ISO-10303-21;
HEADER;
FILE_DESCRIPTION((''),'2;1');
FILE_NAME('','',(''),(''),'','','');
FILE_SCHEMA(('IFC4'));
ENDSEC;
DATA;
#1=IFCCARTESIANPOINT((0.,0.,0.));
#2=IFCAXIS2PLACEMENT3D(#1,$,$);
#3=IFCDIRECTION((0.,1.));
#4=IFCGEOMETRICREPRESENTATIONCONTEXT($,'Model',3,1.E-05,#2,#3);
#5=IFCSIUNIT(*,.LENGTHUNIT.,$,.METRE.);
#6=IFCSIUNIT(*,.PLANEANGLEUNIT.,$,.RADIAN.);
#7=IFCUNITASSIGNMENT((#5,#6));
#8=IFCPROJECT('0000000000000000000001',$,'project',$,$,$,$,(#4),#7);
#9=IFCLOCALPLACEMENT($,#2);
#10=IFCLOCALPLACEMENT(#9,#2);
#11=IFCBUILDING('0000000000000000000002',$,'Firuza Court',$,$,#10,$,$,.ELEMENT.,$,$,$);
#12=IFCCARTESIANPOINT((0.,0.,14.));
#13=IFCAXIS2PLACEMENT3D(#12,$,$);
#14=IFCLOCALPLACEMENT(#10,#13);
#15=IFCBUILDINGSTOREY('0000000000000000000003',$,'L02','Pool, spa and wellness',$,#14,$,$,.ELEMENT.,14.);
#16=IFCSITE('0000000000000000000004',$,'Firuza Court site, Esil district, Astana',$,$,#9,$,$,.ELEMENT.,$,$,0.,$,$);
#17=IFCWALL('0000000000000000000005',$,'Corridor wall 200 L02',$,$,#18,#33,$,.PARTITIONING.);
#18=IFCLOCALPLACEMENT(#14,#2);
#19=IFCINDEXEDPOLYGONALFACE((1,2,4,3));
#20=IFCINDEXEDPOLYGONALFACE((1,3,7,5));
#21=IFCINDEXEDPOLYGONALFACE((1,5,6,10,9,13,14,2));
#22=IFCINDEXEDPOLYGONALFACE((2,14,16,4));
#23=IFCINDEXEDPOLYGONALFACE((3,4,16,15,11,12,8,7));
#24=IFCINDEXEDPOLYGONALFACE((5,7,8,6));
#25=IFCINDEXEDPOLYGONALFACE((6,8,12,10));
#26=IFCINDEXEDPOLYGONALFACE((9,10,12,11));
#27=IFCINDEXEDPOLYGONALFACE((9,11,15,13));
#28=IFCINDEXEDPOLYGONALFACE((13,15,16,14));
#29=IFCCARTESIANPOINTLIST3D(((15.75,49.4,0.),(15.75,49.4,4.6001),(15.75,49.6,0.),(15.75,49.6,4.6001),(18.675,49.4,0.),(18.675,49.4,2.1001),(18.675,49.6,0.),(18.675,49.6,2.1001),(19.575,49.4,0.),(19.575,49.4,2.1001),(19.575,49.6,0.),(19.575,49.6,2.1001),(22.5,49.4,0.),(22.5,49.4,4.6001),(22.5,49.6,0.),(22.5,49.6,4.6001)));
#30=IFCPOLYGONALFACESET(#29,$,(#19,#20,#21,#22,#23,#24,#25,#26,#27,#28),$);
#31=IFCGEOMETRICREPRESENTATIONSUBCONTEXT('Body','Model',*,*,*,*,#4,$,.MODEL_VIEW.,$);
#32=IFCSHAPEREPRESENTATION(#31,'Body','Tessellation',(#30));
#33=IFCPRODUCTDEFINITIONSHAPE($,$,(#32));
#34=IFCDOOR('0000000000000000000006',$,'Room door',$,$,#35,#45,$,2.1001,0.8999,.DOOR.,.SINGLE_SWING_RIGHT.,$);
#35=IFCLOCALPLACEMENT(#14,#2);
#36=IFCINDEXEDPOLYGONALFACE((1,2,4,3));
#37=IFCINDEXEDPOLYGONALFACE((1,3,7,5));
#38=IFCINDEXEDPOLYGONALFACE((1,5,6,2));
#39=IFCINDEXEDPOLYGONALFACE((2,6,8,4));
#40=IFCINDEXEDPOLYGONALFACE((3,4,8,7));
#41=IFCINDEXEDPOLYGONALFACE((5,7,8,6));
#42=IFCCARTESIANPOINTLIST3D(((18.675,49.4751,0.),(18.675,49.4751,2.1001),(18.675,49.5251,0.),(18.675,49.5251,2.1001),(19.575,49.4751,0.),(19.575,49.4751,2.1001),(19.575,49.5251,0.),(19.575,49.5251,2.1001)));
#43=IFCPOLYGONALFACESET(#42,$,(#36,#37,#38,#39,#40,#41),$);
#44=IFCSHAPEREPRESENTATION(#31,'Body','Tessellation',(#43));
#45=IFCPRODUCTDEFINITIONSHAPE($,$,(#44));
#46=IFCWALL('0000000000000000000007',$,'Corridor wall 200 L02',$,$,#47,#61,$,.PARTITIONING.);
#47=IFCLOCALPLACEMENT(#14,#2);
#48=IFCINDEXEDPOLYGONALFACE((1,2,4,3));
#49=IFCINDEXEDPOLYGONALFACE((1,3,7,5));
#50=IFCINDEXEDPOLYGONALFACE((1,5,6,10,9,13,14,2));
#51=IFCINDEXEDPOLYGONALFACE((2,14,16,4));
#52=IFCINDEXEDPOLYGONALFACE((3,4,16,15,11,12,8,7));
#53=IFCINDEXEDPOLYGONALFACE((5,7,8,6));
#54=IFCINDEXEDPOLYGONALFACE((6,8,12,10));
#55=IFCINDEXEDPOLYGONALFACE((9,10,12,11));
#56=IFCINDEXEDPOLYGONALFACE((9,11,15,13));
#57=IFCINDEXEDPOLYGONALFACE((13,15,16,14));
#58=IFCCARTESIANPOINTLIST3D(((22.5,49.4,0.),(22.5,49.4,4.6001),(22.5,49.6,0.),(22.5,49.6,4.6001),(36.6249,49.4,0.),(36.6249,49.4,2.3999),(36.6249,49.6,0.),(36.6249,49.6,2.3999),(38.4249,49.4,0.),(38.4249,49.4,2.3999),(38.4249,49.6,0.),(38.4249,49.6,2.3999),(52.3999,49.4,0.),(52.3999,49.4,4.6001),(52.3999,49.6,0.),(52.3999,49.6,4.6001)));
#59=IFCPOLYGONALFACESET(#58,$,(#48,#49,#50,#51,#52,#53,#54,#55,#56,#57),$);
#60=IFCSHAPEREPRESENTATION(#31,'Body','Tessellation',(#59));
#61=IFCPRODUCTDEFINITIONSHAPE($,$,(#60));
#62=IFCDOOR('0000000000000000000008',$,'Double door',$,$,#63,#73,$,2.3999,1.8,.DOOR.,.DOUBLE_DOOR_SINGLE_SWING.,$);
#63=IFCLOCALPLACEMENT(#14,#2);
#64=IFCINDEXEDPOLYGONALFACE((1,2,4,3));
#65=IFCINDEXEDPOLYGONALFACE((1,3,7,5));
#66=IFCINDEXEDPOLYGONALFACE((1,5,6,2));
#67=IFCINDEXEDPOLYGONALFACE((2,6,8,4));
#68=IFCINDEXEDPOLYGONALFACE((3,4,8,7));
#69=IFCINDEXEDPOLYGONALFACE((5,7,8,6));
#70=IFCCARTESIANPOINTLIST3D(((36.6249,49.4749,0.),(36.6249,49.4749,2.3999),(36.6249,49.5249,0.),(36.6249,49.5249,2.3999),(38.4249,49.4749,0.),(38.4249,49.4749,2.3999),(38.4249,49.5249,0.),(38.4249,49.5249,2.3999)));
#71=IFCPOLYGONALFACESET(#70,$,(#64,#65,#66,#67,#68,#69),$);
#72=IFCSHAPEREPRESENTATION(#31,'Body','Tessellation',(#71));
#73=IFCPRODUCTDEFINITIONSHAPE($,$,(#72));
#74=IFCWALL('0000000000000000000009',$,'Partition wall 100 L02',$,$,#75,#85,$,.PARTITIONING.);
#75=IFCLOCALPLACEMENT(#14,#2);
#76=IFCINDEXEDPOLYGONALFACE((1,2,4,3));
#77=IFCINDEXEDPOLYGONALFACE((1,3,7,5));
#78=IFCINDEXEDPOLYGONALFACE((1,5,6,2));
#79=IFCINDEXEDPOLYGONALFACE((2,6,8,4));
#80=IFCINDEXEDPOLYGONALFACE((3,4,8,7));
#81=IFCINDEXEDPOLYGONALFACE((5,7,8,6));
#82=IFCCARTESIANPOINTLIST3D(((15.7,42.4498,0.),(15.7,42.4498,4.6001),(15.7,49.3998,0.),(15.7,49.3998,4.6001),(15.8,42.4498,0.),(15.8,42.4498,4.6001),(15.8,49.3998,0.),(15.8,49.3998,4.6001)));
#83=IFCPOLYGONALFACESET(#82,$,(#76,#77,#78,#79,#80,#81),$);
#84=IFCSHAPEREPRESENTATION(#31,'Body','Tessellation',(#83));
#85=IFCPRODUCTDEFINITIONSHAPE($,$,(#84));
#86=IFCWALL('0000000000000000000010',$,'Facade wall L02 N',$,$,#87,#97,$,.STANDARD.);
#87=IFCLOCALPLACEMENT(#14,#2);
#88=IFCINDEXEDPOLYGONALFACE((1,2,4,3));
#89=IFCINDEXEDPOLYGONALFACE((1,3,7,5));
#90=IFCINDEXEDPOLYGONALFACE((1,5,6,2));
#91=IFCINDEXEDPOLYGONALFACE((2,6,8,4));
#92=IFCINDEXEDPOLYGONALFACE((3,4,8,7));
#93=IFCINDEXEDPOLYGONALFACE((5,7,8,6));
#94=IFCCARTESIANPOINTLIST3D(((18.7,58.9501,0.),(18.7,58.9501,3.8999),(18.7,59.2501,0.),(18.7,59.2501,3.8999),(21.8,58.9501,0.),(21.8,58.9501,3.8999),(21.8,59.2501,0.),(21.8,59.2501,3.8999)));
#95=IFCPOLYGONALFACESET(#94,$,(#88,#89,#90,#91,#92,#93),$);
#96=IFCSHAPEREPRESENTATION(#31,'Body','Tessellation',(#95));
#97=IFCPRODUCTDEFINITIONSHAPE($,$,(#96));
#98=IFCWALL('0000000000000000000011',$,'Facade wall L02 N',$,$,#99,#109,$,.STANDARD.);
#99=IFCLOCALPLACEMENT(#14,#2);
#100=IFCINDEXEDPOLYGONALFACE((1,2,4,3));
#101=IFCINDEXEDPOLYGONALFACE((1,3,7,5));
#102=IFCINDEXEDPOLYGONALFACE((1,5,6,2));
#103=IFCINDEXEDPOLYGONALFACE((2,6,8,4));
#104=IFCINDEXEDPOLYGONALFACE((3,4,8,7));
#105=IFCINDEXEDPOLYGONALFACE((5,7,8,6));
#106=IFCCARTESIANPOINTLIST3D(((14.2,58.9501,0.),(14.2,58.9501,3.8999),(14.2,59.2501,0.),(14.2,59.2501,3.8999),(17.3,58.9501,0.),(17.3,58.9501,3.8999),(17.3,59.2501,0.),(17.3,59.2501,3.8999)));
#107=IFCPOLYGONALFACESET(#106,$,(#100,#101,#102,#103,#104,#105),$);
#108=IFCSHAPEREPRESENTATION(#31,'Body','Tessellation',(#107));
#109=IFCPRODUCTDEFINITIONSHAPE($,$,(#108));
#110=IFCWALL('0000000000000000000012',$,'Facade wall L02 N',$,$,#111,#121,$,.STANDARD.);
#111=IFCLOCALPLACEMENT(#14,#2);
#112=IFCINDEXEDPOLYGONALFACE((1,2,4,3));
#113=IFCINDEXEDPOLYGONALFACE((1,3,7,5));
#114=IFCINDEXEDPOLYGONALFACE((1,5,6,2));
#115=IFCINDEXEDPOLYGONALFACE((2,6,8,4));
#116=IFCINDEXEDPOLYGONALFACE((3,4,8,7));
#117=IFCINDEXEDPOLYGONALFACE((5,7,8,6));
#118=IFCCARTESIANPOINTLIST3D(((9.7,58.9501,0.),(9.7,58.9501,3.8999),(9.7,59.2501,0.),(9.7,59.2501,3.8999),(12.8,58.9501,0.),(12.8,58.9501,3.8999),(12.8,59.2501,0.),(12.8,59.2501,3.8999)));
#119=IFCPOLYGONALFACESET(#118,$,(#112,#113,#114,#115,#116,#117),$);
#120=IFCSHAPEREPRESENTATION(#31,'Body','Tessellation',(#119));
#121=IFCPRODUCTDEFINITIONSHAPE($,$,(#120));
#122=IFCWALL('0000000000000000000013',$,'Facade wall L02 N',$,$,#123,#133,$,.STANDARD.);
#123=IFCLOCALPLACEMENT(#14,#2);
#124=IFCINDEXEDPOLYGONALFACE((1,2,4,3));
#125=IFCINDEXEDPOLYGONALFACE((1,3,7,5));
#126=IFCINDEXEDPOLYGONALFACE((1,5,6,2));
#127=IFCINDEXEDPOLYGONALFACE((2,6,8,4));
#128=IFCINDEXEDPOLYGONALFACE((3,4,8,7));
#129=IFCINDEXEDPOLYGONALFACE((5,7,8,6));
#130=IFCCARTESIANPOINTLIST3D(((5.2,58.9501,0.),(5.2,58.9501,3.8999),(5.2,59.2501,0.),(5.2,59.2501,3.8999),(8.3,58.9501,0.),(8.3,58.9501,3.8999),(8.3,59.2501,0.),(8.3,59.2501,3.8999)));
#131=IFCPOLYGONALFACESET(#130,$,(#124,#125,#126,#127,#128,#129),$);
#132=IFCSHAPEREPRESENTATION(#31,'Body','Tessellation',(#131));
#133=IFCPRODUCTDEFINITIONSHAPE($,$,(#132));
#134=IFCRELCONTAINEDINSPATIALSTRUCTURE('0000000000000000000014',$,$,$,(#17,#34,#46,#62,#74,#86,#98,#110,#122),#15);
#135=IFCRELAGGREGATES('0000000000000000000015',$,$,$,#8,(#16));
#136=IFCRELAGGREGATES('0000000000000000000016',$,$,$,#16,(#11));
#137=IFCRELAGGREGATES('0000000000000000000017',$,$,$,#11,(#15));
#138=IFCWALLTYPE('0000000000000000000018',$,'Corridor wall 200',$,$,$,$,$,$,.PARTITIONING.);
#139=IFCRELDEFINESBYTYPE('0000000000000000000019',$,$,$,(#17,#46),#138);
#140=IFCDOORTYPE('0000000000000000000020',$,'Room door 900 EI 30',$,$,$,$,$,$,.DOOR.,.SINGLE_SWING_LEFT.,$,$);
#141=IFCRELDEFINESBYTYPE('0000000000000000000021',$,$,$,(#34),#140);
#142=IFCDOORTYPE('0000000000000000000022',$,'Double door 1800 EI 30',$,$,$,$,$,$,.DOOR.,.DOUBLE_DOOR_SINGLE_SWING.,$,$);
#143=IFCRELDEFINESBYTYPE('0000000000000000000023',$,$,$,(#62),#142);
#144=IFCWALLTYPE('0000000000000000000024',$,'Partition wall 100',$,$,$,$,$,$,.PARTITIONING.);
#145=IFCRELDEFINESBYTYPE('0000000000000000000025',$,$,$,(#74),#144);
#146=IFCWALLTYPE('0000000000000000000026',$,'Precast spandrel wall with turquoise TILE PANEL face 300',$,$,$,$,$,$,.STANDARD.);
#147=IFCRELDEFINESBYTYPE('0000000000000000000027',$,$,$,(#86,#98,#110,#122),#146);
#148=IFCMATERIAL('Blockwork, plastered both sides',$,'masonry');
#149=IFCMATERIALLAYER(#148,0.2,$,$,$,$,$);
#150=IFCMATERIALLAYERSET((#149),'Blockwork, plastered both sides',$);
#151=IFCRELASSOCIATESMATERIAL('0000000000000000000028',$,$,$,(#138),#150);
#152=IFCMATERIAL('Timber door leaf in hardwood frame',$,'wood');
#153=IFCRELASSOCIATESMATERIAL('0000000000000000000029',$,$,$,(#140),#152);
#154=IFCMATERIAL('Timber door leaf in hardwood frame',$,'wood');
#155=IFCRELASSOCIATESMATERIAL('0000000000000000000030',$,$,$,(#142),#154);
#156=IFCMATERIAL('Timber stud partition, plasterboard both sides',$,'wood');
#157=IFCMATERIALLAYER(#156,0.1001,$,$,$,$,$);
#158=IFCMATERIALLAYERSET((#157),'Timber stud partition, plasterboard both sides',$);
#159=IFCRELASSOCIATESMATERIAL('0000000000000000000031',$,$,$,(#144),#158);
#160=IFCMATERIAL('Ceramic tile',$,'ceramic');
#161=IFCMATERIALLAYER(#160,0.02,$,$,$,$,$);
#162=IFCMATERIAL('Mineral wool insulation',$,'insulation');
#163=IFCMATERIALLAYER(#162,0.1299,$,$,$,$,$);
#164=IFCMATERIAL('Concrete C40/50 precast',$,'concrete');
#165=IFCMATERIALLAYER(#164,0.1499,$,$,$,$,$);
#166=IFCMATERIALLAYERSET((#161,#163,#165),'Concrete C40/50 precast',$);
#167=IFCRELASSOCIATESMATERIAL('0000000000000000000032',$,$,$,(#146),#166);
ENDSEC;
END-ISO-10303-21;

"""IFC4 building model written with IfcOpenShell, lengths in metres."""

from ifc_helpers import new_model, si_unit, direction, frame, frame_2d, origin, place, context, subcontext, project, spatial, rectangle, extrude, material, layer, layer_set, type_object, element, fill, save


model = new_model("IFC4")

# Units and contexts
model_context = context("Model", 3, precision=1e-05, world=origin(), true_north=direction((0.0, 1.0)))
body_context = subcontext(model_context, "Body", "Model", "MODEL_VIEW")
ifc_project = project(units=[si_unit("LENGTHUNIT", "METRE"), si_unit("PLANEANGLEUNIT", "RADIAN")], contexts=[model_context])

# Site, building, storey
site_placement = place(None, origin())
site = spatial("IfcSite", under=ifc_project, at=site_placement, Name="Firuza Court site, Esil district, Astana", CompositionType="ELEMENT", RefElevation=0.0)
building_placement = place(site_placement, origin())
building = spatial("IfcBuilding", under=site, at=building_placement, Name="Firuza Court", CompositionType="ELEMENT")
storey_placement = place(building_placement, frame((0.0, 0.0, 14.0)))
storey = spatial("IfcBuildingStorey", under=building, at=storey_placement, Name="L02", Description="Pool, spa and wellness", CompositionType="ELEMENT", Elevation=14.0)

# Shared definitions
ifc_material_1 = material(Name="Blockwork, plastered both sides", Category="masonry")
ifc_layer_1 = layer(ifc_material_1, 0.2)
ifc_layer_set_1 = layer_set([ifc_layer_1], Name="Blockwork, plastered both sides")
wall_type_1 = type_object("IfcWallType", Name="Corridor wall 200", PredefinedType="PARTITIONING", material=ifc_layer_set_1)

# Walls, openings, doors
wall_1_placement = place(storey_placement, frame((15.75, 49.5, 0.0), z_axis=(0.0, 0.0, 1.0), x_axis=(1.0, 0.0, 0.0)))
wall_1 = element("IfcWall", 1, at=wall_1_placement, inside=storey, type_object=wall_type_1, Name="Corridor wall 200 L02", PredefinedType="PARTITIONING", context=body_context, shape_type="SweptSolid", body=[
    extrude(rectangle(XDim=6.75, YDim=0.2, at=frame_2d((3.375, 0.0))), origin(), (0.0, 0.0, 1.0), 4.6001),
])
opening_1_placement = place(wall_1_placement, frame((2.925, 0.0, 0.0)))
opening_1 = element("IfcOpeningElement", 2, at=opening_1_placement, cuts=wall_1, PredefinedType="OPENING", context=body_context, shape_type="SweptSolid", body=[
    extrude(rectangle(XDim=0.8999, YDim=2.1001, at=frame_2d((0.45, 1.05))), frame((0.0, 0.1118, 0.0), z_axis=(0.0, -1.0, 0.0), x_axis=(1.0, 0.0, 0.0)), (0.0, 0.0, 1.0), 0.2239),
])
ifc_material_2 = material(Name="Timber door leaf in hardwood frame", Category="wood")
door_type_1 = type_object("IfcDoorType", Name="Room door 900 EI 30", OperationType="SINGLE_SWING_LEFT", PredefinedType="DOOR", material=ifc_material_2)
door_1_placement = place(opening_1_placement, frame((0.8999, 0.0, 0.0), z_axis=(0.0, 0.0, 1.0), x_axis=(-1.0, 0.0, 0.0)))
door_1 = element("IfcDoor", 3, at=door_1_placement, inside=storey, type_object=door_type_1, Name="Room door", OperationType="SINGLE_SWING_RIGHT", OverallHeight=2.1001, OverallWidth=0.8999, PredefinedType="DOOR", context=body_context, shape_type="SweptSolid", body=[
    extrude(rectangle(XDim=0.8999, YDim=2.1001, at=frame_2d((0.45, 1.05))), frame((0.0, 0.0249, 0.0), z_axis=(0.0, -1.0, 0.0), x_axis=(1.0, 0.0, 0.0)), (0.0, 0.0, 1.0), 0.05),
])
fill(opening_1, door_1)
wall_2_placement = place(storey_placement, frame((22.5, 49.5, 0.0), z_axis=(0.0, 0.0, 1.0), x_axis=(1.0, 0.0, 0.0)))
wall_2 = element("IfcWall", 4, at=wall_2_placement, inside=storey, type_object=wall_type_1, Name="Corridor wall 200 L02", PredefinedType="PARTITIONING", context=body_context, shape_type="SweptSolid", body=[
    extrude(rectangle(XDim=29.8999, YDim=0.2, at=frame_2d((14.95, 0.0))), origin(), (0.0, 0.0, 1.0), 4.6001),
])
opening_2_placement = place(wall_2_placement, frame((14.125, 0.0, 0.0)))
opening_2 = element("IfcOpeningElement", 5, at=opening_2_placement, cuts=wall_2, PredefinedType="OPENING", context=body_context, shape_type="SweptSolid", body=[
    extrude(rectangle(XDim=1.8, YDim=2.3999, at=frame_2d((0.8999, 1.2))), frame((0.0, 0.1118, 0.0), z_axis=(0.0, -1.0, 0.0), x_axis=(1.0, 0.0, 0.0)), (0.0, 0.0, 1.0), 0.2239),
])
ifc_material_3 = material(Name="Timber door leaf in hardwood frame", Category="wood")
door_type_2 = type_object("IfcDoorType", Name="Double door 1800 EI 30", OperationType="DOUBLE_DOOR_SINGLE_SWING", PredefinedType="DOOR", material=ifc_material_3)
door_2_placement = place(opening_2_placement, origin())
door_2 = element("IfcDoor", 6, at=door_2_placement, inside=storey, type_object=door_type_2, Name="Double door", OperationType="DOUBLE_DOOR_SINGLE_SWING", OverallHeight=2.3999, OverallWidth=1.8, PredefinedType="DOOR", context=body_context, shape_type="SweptSolid", body=[
    extrude(rectangle(XDim=1.8, YDim=2.3999, at=frame_2d((0.8999, 1.2))), frame((0.0, 0.0249, 0.0), z_axis=(0.0, -1.0, 0.0), x_axis=(1.0, 0.0, 0.0)), (0.0, 0.0, 1.0), 0.05),
])
fill(opening_2, door_2)

# Walls
ifc_material_4 = material(Name="Timber stud partition, plasterboard both sides", Category="wood")
ifc_layer_2 = layer(ifc_material_4, 0.1001)
ifc_layer_set_2 = layer_set([ifc_layer_2], Name="Timber stud partition, plasterboard both sides")
wall_type_2 = type_object("IfcWallType", Name="Partition wall 100", PredefinedType="PARTITIONING", material=ifc_layer_set_2)
wall_3_placement = place(storey_placement, frame((15.75, 49.3999, 0.0), z_axis=(0.0, 0.0, 1.0), x_axis=(0.0, -1.0, 0.0)))
element("IfcWall", 7, at=wall_3_placement, inside=storey, type_object=wall_type_2, Name="Partition wall 100 L02", PredefinedType="PARTITIONING", context=body_context, shape_type="SweptSolid", body=[
    extrude(rectangle(XDim=6.95, YDim=0.1001, at=frame_2d((3.4751, 0.0))), origin(), (0.0, 0.0, 1.0), 4.6001),
])
ifc_material_5 = material(Name="Ceramic tile", Category="ceramic")
ifc_layer_3 = layer(ifc_material_5, 0.02)
ifc_material_6 = material(Name="Mineral wool insulation", Category="insulation")
ifc_layer_4 = layer(ifc_material_6, 0.1299)
ifc_material_7 = material(Name="Concrete C40/50 precast", Category="concrete")
ifc_layer_5 = layer(ifc_material_7, 0.1499)
ifc_layer_set_3 = layer_set([ifc_layer_3, ifc_layer_4, ifc_layer_5], Name="Concrete C40/50 precast")
wall_type_3 = type_object("IfcWallType", Name="Precast spandrel wall with turquoise TILE PANEL face 300", PredefinedType="STANDARD", material=ifc_layer_set_3)
for number, where, z_axis, x_axis, name in (
    (8, (21.8, 59.1001, 0.0), (0.0, 0.0, 1.0), (-1.0, 0.0, 0.0), "Facade wall L02 N"),
    (9, (17.3, 59.1001, 0.0), (0.0, 0.0, 1.0), (-1.0, 0.0, 0.0), "Facade wall L02 N"),
    (10, (12.8, 59.1001, 0.0), (0.0, 0.0, 1.0), (-1.0, 0.0, 0.0), "Facade wall L02 N"),
    (11, (8.3, 59.1001, 0.0), (0.0, 0.0, 1.0), (-1.0, 0.0, 0.0), "Facade wall L02 N"),
):
    element("IfcWall", number, at=place(storey_placement, frame(where, z_axis=z_axis, x_axis=x_axis)), inside=storey, type_object=wall_type_3, Name=name, PredefinedType="STANDARD", context=body_context, shape_type="SweptSolid", body=[
        extrude(rectangle(XDim=3.1001, YDim=0.3, at=frame_2d((1.55, 0.0))), origin(), (0.0, 0.0, 1.0), 3.8999),
    ])

save(model, "model.ifc")
